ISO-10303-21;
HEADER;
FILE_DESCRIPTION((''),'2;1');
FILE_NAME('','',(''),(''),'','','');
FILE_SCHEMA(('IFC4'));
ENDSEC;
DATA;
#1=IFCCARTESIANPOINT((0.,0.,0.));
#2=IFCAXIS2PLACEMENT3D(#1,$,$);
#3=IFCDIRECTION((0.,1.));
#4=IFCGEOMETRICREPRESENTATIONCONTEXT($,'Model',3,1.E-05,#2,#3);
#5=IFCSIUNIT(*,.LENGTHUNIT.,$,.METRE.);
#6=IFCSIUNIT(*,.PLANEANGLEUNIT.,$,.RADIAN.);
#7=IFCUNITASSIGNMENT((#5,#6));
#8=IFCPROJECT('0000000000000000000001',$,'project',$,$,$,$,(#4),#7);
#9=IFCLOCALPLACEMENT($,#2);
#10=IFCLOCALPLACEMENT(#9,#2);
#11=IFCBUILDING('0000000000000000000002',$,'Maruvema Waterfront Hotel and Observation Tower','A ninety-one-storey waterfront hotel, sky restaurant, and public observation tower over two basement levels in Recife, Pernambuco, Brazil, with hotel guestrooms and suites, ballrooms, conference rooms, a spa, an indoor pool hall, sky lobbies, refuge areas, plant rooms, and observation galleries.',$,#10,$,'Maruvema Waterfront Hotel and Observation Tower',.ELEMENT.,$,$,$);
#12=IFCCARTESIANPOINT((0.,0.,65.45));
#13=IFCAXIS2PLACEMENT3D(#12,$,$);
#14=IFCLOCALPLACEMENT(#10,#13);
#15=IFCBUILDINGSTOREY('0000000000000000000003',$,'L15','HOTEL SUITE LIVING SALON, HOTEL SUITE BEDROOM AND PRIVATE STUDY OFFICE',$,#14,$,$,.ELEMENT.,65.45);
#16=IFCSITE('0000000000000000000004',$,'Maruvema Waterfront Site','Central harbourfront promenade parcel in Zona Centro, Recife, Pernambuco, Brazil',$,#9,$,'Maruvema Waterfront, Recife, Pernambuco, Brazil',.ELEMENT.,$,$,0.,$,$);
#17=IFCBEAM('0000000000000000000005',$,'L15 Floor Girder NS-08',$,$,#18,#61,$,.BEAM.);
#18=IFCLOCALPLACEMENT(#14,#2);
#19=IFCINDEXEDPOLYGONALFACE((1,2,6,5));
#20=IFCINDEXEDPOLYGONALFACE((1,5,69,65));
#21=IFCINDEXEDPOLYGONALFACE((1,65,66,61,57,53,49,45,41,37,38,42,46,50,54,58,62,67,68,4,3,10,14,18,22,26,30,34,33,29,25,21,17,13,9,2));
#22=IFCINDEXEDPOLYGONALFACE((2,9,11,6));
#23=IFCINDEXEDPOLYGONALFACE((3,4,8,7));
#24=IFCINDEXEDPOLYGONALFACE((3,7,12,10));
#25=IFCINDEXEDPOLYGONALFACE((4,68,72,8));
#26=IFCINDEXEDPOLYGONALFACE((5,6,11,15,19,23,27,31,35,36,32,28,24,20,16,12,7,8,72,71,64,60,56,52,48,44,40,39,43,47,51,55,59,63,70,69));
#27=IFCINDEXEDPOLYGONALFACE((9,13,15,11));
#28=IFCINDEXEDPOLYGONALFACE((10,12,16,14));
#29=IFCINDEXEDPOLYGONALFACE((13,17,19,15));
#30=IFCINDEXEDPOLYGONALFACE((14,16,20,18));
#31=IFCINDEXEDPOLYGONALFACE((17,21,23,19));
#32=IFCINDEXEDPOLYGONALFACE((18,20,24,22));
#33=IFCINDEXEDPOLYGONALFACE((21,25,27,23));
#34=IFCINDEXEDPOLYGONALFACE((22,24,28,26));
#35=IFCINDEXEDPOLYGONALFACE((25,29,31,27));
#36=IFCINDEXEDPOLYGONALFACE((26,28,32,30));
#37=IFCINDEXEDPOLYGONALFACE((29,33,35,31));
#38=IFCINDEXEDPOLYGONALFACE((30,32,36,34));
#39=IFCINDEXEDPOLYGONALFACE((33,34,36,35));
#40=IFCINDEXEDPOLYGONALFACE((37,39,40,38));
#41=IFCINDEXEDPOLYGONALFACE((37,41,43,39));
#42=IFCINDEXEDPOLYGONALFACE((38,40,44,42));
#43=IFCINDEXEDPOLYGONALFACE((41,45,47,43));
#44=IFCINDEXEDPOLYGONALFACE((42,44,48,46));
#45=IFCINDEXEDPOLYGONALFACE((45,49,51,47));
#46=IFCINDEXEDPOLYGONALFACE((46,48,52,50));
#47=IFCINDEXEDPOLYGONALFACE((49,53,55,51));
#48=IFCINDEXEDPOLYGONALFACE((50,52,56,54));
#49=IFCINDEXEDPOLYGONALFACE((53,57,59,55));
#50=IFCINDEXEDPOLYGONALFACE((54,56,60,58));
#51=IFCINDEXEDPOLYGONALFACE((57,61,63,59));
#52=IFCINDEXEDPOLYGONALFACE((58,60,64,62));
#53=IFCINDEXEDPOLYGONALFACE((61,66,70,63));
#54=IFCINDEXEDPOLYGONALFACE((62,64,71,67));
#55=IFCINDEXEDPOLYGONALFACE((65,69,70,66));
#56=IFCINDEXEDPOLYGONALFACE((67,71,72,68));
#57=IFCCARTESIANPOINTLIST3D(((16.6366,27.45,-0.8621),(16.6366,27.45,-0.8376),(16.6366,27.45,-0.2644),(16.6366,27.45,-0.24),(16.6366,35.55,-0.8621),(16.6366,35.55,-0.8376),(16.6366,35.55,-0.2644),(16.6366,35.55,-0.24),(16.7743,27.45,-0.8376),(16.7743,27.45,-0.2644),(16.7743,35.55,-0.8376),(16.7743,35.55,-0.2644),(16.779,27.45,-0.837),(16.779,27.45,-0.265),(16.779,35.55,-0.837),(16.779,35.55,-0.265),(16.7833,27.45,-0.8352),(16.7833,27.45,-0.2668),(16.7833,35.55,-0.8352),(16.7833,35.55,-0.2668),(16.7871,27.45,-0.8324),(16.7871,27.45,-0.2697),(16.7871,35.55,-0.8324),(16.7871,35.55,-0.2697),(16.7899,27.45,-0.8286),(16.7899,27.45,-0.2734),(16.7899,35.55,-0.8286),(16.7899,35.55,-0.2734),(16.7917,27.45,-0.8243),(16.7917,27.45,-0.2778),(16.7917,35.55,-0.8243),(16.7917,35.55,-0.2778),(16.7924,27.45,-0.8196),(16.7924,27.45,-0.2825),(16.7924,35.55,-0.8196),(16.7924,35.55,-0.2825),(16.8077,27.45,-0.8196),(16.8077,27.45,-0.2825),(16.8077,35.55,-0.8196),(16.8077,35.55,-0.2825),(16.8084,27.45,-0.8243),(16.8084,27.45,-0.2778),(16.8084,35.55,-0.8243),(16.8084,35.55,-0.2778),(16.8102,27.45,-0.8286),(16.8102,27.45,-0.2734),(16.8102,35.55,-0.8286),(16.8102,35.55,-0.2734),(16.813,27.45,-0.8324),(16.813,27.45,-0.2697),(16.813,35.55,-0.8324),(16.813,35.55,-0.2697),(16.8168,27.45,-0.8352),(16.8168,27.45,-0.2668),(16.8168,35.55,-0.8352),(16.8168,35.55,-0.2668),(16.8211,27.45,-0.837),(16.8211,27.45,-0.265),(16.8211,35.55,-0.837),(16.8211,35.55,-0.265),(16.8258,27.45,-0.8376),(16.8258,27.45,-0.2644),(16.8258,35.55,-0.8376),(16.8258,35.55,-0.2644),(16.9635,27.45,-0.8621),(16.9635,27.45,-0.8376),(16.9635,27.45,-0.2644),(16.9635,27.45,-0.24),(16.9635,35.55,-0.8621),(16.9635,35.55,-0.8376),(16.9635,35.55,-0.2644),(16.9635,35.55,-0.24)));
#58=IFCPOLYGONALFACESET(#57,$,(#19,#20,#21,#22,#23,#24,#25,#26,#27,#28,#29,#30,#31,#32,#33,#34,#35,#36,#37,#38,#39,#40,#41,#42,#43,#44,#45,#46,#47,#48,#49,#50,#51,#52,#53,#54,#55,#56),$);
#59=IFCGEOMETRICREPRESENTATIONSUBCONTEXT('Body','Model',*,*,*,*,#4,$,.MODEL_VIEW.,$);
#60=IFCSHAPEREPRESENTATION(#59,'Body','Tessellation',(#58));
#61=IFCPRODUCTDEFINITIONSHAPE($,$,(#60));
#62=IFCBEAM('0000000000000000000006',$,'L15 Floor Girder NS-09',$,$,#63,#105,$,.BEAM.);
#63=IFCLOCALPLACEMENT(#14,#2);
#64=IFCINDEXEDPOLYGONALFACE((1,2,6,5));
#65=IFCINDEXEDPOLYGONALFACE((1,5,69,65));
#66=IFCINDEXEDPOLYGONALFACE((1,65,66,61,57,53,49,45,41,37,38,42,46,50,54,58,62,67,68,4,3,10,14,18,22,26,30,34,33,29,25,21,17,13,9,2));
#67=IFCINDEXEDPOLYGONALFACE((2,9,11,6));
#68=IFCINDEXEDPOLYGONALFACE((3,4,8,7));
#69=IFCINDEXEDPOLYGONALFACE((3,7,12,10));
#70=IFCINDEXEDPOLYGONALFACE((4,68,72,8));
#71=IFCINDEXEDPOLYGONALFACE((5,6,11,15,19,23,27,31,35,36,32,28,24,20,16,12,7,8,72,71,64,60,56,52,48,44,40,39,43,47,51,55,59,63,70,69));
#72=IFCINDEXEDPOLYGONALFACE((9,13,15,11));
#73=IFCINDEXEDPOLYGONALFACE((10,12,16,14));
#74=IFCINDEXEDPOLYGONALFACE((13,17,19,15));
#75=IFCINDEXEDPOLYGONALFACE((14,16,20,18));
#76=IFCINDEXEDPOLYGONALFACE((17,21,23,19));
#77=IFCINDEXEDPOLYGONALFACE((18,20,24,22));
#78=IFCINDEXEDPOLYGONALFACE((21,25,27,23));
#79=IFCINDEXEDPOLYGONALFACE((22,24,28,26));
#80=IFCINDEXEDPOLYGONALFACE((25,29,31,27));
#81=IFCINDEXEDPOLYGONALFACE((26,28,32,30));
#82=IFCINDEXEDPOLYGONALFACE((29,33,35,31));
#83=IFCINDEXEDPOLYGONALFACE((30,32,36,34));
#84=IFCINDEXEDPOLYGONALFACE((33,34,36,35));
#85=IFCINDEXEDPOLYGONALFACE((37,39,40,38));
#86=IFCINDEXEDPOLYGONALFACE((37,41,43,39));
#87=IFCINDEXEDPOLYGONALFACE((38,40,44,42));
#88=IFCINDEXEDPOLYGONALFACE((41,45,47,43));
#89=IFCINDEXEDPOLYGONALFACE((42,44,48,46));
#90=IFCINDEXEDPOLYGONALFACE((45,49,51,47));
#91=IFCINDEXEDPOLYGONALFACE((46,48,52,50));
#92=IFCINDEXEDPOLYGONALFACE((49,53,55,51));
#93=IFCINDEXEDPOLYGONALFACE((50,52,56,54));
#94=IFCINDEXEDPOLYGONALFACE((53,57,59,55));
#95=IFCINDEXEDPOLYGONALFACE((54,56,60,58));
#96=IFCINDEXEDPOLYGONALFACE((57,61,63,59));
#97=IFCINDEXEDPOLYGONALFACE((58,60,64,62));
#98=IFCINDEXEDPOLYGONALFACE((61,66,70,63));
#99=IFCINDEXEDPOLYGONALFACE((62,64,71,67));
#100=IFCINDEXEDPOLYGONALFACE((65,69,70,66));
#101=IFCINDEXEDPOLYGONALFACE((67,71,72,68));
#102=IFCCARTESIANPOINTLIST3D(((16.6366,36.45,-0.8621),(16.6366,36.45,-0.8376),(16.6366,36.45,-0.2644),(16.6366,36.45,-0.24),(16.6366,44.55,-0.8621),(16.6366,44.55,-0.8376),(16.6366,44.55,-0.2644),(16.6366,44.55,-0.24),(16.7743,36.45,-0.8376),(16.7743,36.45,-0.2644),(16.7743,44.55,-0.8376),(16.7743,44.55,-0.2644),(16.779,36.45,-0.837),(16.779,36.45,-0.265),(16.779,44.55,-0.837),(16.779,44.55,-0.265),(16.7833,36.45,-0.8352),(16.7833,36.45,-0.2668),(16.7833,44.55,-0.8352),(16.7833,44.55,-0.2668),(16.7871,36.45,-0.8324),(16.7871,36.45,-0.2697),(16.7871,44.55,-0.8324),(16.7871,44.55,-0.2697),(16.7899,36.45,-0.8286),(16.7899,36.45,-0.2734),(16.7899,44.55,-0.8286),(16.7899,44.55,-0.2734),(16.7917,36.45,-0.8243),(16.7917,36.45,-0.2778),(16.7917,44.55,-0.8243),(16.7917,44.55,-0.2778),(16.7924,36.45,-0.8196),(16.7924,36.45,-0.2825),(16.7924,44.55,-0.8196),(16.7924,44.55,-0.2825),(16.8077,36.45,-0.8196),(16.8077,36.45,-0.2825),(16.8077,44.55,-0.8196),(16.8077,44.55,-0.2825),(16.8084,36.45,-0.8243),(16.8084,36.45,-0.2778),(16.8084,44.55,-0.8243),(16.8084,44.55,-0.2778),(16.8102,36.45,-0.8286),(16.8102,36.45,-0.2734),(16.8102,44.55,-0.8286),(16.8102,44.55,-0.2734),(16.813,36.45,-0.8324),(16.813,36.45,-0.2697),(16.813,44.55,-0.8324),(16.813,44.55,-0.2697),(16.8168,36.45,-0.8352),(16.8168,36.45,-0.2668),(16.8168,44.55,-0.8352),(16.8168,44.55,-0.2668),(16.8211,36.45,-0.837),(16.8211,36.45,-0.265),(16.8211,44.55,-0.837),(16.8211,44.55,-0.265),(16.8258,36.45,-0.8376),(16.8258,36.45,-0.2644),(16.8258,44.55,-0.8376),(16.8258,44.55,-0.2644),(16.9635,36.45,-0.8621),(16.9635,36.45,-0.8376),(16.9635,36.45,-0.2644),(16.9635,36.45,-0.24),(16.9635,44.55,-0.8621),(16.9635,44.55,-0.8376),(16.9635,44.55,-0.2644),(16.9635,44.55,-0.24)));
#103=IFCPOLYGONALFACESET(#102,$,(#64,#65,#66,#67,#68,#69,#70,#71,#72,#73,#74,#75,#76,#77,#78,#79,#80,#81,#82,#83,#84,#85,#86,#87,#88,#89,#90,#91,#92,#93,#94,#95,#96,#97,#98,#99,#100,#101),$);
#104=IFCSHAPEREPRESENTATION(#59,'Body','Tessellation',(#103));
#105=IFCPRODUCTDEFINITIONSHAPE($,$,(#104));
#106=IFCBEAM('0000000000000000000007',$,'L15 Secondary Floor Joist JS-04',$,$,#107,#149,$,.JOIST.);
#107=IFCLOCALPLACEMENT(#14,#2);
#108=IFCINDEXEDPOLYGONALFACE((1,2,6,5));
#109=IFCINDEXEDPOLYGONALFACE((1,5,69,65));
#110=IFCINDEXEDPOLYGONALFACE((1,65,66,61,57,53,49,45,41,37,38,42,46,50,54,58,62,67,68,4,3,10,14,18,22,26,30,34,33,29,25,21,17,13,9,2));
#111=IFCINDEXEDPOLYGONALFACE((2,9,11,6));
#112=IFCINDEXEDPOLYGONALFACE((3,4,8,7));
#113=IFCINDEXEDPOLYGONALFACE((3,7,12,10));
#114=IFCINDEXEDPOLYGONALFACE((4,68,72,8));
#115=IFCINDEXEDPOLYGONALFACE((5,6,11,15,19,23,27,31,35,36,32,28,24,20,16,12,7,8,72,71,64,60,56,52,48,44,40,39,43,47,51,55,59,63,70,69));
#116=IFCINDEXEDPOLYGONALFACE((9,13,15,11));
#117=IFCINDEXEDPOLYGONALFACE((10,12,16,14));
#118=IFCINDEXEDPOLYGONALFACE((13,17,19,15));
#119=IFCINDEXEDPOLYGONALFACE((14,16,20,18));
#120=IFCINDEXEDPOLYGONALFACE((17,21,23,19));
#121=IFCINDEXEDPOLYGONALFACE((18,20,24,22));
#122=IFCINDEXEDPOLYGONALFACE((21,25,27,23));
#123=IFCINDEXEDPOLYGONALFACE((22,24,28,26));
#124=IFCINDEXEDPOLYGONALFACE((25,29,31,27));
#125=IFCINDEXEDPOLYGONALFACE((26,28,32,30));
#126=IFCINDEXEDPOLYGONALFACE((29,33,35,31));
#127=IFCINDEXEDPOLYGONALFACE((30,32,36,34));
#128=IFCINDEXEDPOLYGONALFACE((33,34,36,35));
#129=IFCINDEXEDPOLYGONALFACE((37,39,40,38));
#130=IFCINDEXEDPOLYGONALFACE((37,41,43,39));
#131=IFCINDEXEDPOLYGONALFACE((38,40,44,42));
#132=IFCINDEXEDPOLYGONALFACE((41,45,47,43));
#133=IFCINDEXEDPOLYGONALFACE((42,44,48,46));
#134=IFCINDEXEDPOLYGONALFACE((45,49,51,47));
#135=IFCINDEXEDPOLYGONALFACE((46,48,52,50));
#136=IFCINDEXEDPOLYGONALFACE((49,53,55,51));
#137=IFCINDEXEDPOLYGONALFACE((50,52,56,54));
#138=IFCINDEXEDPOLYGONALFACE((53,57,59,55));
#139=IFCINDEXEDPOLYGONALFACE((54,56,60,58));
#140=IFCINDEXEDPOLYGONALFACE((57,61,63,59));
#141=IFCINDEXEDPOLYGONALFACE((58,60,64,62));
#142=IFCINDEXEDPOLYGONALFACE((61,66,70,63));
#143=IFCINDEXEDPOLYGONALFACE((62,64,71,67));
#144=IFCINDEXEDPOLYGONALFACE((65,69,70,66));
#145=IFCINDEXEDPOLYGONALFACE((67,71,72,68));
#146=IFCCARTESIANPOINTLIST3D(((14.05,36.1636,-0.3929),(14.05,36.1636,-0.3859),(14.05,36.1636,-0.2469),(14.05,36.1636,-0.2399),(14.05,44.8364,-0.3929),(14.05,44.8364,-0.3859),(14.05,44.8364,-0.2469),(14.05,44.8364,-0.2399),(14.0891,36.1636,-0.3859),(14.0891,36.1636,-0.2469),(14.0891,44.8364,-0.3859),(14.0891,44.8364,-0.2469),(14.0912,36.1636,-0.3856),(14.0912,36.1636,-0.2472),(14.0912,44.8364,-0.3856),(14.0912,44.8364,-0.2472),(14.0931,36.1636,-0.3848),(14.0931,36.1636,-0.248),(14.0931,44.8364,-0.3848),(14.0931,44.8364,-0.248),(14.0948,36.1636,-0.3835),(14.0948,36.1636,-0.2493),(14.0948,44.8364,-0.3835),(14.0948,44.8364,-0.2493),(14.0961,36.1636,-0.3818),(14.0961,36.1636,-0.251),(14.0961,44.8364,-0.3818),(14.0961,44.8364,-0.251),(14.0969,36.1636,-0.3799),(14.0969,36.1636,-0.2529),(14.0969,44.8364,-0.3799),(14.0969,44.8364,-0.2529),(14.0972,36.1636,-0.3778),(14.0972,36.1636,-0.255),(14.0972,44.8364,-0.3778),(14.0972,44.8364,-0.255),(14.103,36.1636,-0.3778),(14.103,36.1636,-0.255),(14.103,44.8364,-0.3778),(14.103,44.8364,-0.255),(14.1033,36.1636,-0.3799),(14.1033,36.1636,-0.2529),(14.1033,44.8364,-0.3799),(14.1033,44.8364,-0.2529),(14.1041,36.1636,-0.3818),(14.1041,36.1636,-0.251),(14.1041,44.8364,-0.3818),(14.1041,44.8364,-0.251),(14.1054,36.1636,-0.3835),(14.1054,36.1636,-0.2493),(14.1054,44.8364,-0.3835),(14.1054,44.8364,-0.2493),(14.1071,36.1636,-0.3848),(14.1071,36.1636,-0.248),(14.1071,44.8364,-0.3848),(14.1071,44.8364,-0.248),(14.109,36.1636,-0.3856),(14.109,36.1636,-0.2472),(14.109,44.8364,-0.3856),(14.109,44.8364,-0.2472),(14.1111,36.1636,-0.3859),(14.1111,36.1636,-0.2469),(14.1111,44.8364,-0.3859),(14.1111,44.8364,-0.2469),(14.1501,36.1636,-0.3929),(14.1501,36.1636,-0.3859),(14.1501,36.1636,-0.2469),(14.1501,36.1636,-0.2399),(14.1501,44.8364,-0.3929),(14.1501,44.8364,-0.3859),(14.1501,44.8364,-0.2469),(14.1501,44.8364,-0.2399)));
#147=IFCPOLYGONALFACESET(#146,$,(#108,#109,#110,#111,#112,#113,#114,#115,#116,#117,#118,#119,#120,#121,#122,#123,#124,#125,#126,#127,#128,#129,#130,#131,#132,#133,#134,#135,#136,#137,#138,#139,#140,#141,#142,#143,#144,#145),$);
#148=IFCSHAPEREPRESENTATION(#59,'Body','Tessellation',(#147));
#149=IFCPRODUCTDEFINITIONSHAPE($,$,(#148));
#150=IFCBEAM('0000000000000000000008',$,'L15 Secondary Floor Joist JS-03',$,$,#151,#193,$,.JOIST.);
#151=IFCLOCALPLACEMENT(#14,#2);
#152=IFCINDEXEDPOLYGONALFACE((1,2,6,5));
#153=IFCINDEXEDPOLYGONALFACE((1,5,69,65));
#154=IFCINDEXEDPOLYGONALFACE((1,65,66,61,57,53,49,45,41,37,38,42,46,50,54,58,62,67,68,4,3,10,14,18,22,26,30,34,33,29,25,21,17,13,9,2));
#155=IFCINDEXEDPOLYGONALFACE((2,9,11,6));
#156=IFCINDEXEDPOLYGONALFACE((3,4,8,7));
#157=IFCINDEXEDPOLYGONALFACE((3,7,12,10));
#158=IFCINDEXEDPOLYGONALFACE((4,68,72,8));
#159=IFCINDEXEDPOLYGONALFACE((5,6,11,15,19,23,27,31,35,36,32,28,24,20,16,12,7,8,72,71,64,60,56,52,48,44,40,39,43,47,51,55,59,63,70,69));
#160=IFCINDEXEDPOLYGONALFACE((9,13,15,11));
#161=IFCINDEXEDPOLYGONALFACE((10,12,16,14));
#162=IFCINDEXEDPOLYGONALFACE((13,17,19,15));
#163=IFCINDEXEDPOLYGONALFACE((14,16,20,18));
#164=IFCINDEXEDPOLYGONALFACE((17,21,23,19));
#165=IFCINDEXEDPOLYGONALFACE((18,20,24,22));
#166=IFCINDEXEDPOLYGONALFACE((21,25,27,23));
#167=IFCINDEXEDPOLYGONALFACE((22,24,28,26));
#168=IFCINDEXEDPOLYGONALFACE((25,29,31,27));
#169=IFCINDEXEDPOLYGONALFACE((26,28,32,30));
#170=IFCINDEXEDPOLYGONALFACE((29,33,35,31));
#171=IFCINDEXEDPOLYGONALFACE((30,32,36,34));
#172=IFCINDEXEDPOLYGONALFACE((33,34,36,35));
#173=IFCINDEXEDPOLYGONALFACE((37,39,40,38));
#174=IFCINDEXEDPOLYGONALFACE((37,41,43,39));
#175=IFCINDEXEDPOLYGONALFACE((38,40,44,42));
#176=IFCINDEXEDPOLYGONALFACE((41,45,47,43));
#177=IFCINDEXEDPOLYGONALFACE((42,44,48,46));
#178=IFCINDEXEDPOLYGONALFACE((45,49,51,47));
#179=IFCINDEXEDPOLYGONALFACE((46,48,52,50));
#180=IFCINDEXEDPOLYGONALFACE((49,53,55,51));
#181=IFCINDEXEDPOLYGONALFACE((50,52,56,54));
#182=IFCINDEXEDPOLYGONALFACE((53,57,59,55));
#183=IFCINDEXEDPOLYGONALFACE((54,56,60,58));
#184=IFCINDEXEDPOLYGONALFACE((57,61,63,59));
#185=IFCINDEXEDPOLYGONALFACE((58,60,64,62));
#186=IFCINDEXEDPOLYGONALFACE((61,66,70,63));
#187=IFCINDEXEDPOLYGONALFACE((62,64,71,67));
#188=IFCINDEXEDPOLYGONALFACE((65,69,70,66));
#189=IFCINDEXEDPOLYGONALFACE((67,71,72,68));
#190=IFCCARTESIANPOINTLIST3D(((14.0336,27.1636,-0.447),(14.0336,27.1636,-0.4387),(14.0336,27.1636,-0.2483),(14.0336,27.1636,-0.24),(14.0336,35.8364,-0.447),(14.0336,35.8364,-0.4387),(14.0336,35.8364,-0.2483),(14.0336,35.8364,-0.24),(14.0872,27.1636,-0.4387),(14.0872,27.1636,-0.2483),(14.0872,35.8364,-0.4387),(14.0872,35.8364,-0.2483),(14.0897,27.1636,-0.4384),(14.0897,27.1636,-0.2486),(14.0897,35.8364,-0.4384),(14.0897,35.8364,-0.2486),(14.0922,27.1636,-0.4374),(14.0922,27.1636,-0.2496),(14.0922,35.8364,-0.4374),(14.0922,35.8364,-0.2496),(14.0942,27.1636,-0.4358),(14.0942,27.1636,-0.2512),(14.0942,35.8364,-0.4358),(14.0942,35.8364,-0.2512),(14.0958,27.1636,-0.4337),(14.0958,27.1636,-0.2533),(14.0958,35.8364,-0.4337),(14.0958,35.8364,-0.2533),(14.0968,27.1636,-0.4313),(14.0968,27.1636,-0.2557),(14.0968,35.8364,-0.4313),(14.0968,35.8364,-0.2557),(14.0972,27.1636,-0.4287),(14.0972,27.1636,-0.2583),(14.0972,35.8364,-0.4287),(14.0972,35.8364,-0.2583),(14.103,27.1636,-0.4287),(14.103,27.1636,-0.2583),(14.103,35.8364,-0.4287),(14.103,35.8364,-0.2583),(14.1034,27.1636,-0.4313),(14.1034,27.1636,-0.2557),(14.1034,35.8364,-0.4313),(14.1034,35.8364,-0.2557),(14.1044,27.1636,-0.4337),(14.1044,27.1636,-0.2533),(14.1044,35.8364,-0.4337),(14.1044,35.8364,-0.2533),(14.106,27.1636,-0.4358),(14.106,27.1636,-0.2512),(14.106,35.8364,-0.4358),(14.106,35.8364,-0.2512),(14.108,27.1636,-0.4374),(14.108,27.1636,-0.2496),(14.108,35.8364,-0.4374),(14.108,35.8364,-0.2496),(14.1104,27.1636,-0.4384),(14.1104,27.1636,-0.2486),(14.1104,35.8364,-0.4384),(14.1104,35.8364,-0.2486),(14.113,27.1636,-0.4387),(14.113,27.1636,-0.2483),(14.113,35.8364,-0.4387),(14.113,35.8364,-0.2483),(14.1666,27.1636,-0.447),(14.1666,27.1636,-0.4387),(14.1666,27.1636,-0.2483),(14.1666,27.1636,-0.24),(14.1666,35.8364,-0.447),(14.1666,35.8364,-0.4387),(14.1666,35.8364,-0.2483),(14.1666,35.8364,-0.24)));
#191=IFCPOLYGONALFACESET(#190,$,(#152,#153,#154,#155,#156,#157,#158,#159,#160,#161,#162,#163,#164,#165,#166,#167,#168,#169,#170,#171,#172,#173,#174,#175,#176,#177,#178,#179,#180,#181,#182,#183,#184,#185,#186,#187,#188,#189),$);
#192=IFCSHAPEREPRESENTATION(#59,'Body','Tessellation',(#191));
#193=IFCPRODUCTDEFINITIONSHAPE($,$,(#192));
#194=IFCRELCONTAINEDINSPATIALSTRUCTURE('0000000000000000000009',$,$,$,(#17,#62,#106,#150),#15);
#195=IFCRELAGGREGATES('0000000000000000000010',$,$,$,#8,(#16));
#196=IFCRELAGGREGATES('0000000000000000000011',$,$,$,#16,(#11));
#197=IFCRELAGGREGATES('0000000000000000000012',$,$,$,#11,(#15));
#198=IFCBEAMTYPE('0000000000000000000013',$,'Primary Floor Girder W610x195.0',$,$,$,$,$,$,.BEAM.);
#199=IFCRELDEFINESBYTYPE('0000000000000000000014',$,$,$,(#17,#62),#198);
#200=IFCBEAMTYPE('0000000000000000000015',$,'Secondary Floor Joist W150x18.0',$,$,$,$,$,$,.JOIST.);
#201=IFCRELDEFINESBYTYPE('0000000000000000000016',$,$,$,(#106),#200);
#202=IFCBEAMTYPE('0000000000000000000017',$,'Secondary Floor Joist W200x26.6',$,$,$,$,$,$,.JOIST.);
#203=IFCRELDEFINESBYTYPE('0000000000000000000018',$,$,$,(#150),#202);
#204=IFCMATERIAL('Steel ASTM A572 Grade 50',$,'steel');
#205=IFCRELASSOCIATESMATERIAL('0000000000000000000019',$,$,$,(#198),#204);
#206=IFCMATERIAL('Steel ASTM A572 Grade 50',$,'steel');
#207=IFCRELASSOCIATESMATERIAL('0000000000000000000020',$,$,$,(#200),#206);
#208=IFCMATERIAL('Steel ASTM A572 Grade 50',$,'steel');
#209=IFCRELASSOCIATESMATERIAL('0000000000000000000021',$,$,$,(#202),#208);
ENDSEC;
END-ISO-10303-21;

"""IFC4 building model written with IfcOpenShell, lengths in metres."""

from ifc_helpers import new_model, si_unit, direction, frame, origin, origin_2d, place, context, subcontext, project, spatial, i_section, extrude, material, material_profile, profile_set, type_object, element, save


model = new_model("IFC4")

# Units and contexts
model_context = context("Model", 3, precision=1e-05, world=origin(), true_north=direction((0.0, 1.0)))
body_context = subcontext(model_context, "Body", "Model", "MODEL_VIEW")
ifc_project = project(units=[si_unit("LENGTHUNIT", "METRE"), si_unit("PLANEANGLEUNIT", "RADIAN")], contexts=[model_context])

# Site, building, storey
site_placement = place(None, origin())
site = spatial("IfcSite", under=ifc_project, at=site_placement, Name="Maruvema Waterfront Site", Description="Central harbourfront promenade parcel in Zona Centro, Recife, Pernambuco, Brazil", LongName="Maruvema Waterfront, Recife, Pernambuco, Brazil", CompositionType="ELEMENT", RefElevation=0.0)
building_placement = place(site_placement, origin())
building = spatial("IfcBuilding", under=site, at=building_placement, Name="Maruvema Waterfront Hotel and Observation Tower", Description="A ninety-one-storey waterfront hotel, sky restaurant, and public observation tower over two basement levels in Recife, Pernambuco, Brazil, with hotel guestrooms and suites, ballrooms, conference rooms, a spa, an indoor pool hall, sky lobbies, refuge areas, plant rooms, and observation galleries.", LongName="Maruvema Waterfront Hotel and Observation Tower", CompositionType="ELEMENT")
storey_placement = place(building_placement, frame((0.0, 0.0, 65.45)))
storey = spatial("IfcBuildingStorey", under=building, at=storey_placement, Name="L15", Description="HOTEL SUITE LIVING SALON, HOTEL SUITE BEDROOM AND PRIVATE STUDY OFFICE", CompositionType="ELEMENT", Elevation=65.45)

# Beams
ifc_material_1 = material(Name="Steel ASTM A572 Grade 50", Category="steel")
ifc_material_profile_1 = material_profile(ifc_material_1, i_section(OverallWidth=0.3269, OverallDepth=0.6221, WebThickness=0.0154, FlangeThickness=0.0244, FilletRadius=0.0181, at=origin_2d()), Name="W610x195.0")
ifc_profile_set_1 = profile_set([ifc_material_profile_1], Name="Steel ASTM A572 Grade 50")
beam_type_1 = type_object("IfcBeamType", Name="Primary Floor Girder W610x195.0", PredefinedType="BEAM", material=ifc_profile_set_1)
for number, where, z_axis, x_axis, name in (
    (1, (16.8, 27.45, -0.551), (0.0, 1.0, 0.0), (-1.0, 0.0, 0.0), "L15 Floor Girder NS-08"),
    (2, (16.8, 36.45, -0.551), (0.0, 1.0, 0.0), (-1.0, 0.0, 0.0), "L15 Floor Girder NS-09"),
):
    element("IfcBeam", number, at=place(storey_placement, frame(where, z_axis=z_axis, x_axis=x_axis)), inside=storey, type_object=beam_type_1, Name=name, PredefinedType="BEAM", context=body_context, shape_type="SweptSolid", body=[
        extrude(i_section(OverallWidth=0.3269, OverallDepth=0.6221, WebThickness=0.0154, FlangeThickness=0.0244, FilletRadius=0.0181, at=origin_2d()), origin(), (0.0, 0.0, 1.0), 8.1001),
    ])
ifc_material_2 = material(Name="Steel ASTM A572 Grade 50", Category="steel")
ifc_material_profile_2 = material_profile(ifc_material_2, i_section(OverallWidth=0.1001, OverallDepth=0.1531, WebThickness=0.0059, FlangeThickness=0.0071, FilletRadius=0.0081, at=origin_2d()), Name="W150x18.0")
ifc_profile_set_2 = profile_set([ifc_material_profile_2], Name="Steel ASTM A572 Grade 50")
beam_type_2 = type_object("IfcBeamType", Name="Secondary Floor Joist W150x18.0", PredefinedType="JOIST", material=ifc_profile_set_2)
beam_1_placement = place(storey_placement, frame((14.1001, 36.1636, -0.3164), z_axis=(0.0, 1.0, 0.0), x_axis=(-1.0, 0.0, 0.0)))
element("IfcBeam", 3, at=beam_1_placement, inside=storey, type_object=beam_type_2, Name="L15 Secondary Floor Joist JS-04", PredefinedType="JOIST", context=body_context, shape_type="SweptSolid", body=[
    extrude(i_section(OverallWidth=0.1001, OverallDepth=0.1531, WebThickness=0.0059, FlangeThickness=0.0071, FilletRadius=0.0081, at=origin_2d()), origin(), (0.0, 0.0, 1.0), 8.6729),
])
ifc_material_3 = material(Name="Steel ASTM A572 Grade 50", Category="steel")
ifc_material_profile_3 = material_profile(ifc_material_3, i_section(OverallWidth=0.1331, OverallDepth=0.207, WebThickness=0.0059, FlangeThickness=0.0083, FilletRadius=0.01, at=origin_2d()), Name="W200x26.6")
ifc_profile_set_3 = profile_set([ifc_material_profile_3], Name="Steel ASTM A572 Grade 50")
beam_type_3 = type_object("IfcBeamType", Name="Secondary Floor Joist W200x26.6", PredefinedType="JOIST", material=ifc_profile_set_3)
beam_2_placement = place(storey_placement, frame((14.1001, 27.1636, -0.3435), z_axis=(0.0, 1.0, 0.0), x_axis=(-1.0, 0.0, 0.0)))
element("IfcBeam", 4, at=beam_2_placement, inside=storey, type_object=beam_type_3, Name="L15 Secondary Floor Joist JS-03", PredefinedType="JOIST", context=body_context, shape_type="SweptSolid", body=[
    extrude(i_section(OverallWidth=0.1331, OverallDepth=0.207, WebThickness=0.0059, FlangeThickness=0.0083, FilletRadius=0.01, at=origin_2d()), origin(), (0.0, 0.0, 1.0), 8.6729),
])

save(model, "model.ifc")
